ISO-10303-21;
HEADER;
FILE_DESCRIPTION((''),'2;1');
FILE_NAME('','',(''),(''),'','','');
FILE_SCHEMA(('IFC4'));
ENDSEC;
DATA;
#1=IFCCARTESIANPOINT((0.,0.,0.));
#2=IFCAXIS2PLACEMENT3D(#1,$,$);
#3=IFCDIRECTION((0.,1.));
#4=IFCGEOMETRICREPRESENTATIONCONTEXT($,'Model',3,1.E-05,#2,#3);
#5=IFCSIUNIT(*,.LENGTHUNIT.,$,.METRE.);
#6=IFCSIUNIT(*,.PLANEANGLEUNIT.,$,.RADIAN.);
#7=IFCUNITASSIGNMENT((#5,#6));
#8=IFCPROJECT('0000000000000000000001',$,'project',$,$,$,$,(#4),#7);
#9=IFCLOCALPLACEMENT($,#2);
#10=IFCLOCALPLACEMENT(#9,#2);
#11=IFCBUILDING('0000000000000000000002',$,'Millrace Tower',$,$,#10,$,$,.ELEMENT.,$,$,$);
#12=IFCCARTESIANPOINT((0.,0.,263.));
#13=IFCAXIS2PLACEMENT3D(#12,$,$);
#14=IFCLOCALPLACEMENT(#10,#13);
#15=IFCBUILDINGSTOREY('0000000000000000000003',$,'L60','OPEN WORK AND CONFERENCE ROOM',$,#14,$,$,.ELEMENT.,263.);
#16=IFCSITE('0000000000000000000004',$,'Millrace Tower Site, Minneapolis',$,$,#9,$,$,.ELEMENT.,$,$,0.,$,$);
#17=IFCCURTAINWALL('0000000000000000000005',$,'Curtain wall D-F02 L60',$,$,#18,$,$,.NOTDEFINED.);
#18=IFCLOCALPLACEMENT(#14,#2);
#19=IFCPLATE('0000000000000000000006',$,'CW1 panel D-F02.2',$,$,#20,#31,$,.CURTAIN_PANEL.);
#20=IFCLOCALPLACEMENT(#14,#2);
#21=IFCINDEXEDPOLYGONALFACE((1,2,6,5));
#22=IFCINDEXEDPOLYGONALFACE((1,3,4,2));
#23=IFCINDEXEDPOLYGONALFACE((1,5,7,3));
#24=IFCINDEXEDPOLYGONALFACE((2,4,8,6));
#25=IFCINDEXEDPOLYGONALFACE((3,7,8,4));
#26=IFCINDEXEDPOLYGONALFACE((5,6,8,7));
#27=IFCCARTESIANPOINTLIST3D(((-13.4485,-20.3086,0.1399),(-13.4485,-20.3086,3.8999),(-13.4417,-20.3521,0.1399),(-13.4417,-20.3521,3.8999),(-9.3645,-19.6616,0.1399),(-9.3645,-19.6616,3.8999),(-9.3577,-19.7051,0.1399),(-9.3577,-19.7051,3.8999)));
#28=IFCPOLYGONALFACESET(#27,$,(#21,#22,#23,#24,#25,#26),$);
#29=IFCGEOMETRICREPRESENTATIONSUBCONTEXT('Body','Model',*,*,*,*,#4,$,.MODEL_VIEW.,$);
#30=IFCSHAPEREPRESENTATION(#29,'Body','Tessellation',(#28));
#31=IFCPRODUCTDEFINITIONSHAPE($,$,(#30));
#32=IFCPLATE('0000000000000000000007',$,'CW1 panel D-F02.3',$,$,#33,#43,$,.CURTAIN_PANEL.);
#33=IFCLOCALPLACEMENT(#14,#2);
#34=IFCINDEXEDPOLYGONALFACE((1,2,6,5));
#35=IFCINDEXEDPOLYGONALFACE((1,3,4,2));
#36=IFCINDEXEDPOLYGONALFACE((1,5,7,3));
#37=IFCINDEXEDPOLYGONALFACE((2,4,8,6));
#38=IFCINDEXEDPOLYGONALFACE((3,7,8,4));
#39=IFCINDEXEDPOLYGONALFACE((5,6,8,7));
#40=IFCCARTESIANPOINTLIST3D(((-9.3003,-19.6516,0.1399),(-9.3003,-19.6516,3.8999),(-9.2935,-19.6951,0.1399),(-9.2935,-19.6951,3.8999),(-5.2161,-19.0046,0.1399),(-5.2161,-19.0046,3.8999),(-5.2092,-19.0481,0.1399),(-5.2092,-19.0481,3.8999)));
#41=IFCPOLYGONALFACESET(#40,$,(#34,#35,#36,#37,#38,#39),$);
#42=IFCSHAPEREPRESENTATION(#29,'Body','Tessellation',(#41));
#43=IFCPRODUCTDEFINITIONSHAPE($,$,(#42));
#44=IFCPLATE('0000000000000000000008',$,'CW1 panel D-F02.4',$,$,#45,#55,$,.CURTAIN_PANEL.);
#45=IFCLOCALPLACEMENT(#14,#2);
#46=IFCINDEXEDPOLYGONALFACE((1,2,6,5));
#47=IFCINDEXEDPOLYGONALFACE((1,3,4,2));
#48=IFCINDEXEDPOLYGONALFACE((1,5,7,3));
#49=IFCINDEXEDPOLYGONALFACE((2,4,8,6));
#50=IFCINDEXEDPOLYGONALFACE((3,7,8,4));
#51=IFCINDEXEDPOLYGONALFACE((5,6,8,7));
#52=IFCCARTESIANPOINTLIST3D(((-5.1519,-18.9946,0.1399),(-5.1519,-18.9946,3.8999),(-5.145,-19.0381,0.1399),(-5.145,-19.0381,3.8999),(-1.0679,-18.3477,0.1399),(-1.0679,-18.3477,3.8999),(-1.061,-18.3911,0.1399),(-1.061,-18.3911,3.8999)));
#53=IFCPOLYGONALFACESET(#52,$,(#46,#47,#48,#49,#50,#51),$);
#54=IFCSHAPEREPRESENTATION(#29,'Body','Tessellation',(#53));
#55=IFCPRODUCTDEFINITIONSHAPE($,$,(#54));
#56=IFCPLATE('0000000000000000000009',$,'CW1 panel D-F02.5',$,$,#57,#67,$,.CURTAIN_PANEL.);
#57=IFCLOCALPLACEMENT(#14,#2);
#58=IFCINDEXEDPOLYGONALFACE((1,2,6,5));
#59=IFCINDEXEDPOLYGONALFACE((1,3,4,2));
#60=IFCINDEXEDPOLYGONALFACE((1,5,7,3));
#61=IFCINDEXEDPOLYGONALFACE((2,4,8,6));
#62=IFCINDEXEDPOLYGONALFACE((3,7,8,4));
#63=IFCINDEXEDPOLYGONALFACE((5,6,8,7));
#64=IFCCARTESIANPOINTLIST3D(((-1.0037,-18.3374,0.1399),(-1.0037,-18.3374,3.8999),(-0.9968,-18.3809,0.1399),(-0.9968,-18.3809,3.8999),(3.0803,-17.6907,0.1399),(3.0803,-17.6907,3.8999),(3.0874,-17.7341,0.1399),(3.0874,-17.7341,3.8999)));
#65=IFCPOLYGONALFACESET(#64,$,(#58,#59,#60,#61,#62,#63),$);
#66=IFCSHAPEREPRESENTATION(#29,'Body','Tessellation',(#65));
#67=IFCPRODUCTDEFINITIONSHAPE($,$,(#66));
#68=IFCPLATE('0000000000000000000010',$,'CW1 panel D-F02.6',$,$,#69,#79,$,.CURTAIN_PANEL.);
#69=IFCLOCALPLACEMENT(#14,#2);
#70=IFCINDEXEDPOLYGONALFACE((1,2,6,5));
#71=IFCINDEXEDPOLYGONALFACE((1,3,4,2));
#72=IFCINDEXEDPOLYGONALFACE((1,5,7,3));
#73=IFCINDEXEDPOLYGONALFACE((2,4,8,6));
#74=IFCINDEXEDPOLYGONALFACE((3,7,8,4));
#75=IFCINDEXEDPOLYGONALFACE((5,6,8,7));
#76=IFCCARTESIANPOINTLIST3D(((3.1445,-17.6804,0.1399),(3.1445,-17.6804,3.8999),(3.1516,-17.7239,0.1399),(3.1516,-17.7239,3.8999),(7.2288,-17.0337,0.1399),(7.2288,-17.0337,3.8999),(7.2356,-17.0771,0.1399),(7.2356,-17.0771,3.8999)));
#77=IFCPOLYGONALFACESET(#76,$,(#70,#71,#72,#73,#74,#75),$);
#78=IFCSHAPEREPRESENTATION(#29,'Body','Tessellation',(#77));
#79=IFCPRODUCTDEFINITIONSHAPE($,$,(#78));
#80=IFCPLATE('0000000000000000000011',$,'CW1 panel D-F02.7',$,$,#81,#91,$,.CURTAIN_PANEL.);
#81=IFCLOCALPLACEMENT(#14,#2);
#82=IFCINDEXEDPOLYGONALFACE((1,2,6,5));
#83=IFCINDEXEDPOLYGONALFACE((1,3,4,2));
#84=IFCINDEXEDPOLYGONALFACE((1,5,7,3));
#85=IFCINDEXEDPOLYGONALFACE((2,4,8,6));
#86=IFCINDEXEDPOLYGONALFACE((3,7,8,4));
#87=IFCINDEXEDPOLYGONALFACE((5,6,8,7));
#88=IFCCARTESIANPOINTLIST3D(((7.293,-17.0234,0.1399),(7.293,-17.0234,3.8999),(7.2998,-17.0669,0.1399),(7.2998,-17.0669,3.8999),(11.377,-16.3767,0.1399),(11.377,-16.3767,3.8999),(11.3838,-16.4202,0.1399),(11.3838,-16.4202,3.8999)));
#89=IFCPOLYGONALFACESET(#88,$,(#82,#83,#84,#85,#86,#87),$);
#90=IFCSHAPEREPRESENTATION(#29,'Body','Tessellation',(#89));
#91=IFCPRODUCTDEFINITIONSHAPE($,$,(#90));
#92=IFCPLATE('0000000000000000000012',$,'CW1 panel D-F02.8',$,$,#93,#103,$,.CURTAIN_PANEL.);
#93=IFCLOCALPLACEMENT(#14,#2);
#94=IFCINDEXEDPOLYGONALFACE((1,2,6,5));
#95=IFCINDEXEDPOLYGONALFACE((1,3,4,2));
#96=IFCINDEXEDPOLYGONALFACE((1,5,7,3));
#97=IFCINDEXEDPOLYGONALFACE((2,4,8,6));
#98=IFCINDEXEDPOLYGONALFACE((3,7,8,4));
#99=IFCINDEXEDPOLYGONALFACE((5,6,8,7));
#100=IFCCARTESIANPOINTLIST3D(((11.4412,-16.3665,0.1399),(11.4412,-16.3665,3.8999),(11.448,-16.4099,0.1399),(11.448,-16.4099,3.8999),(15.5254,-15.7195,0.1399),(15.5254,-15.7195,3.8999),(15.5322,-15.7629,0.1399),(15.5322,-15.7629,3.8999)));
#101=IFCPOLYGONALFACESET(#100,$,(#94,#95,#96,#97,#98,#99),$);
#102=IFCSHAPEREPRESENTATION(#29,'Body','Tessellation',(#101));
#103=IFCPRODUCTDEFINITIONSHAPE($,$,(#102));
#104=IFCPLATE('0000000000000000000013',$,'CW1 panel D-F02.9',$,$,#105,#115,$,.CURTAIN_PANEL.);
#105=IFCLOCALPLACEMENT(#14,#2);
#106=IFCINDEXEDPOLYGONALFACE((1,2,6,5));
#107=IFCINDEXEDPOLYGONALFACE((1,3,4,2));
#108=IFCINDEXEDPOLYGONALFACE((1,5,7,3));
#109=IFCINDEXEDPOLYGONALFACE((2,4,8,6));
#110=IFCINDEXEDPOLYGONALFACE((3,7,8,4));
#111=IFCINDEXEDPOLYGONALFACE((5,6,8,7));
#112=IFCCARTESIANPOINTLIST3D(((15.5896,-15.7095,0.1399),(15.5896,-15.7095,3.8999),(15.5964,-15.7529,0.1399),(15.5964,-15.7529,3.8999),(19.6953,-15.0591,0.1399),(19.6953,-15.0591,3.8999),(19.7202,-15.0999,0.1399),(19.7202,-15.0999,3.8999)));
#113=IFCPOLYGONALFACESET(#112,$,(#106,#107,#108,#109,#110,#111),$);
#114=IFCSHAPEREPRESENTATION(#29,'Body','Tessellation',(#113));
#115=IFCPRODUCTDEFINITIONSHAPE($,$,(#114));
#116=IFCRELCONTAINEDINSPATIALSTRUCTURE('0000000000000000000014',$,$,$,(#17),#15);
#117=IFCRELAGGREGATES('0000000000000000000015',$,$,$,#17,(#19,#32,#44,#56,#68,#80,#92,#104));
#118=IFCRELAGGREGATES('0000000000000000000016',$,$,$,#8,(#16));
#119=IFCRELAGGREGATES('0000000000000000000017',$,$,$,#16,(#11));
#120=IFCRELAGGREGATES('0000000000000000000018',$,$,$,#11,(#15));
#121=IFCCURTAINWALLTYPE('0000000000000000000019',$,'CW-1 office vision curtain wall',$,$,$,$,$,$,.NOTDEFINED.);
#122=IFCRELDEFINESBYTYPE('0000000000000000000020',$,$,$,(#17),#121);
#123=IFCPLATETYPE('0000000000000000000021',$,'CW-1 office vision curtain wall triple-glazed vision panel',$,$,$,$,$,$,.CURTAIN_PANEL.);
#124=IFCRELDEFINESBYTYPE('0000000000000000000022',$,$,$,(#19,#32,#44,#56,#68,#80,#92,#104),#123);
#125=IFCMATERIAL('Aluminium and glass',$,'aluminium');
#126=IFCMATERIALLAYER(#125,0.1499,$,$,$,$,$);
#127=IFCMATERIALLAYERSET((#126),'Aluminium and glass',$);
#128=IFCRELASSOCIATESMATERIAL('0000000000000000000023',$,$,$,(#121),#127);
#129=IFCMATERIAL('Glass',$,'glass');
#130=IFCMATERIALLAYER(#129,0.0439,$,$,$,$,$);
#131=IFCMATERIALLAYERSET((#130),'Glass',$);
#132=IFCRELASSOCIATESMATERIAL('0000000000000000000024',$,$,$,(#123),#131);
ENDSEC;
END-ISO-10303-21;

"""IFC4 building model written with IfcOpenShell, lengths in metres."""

from ifc_helpers import new_model, si_unit, direction, frame, origin, place, context, subcontext, project, spatial, polyline, outline, extrude, material, layer, layer_set, type_object, element, aggregate, save


model = new_model("IFC4")

# Units and contexts
model_context = context("Model", 3, precision=1e-05, world=origin(), true_north=direction((0.0, 1.0)))
body_context = subcontext(model_context, "Body", "Model", "MODEL_VIEW")
ifc_project = project(units=[si_unit("LENGTHUNIT", "METRE"), si_unit("PLANEANGLEUNIT", "RADIAN")], contexts=[model_context])

# Site, building, storey
site_placement = place(None, origin())
site = spatial("IfcSite", under=ifc_project, at=site_placement, Name="Millrace Tower Site, Minneapolis", CompositionType="ELEMENT", RefElevation=0.0)
building_placement = place(site_placement, origin())
building = spatial("IfcBuilding", under=site, at=building_placement, Name="Millrace Tower", CompositionType="ELEMENT")
storey_placement = place(building_placement, frame((0.0, 0.0, 263.0)))
storey = spatial("IfcBuildingStorey", under=building, at=storey_placement, Name="L60", Description="OPEN WORK AND CONFERENCE ROOM", CompositionType="ELEMENT", Elevation=263.0)

# Shared definitions
ifc_material_1 = material(Name="Aluminium and glass", Category="aluminium")
ifc_layer_1 = layer(ifc_material_1, 0.1499)
ifc_layer_set_1 = layer_set([ifc_layer_1], Name="Aluminium and glass")
curtain_wall_type = type_object("IfcCurtainWallType", Name="CW-1 office vision curtain wall", PredefinedType="NOTDEFINED", material=ifc_layer_set_1)
placement_1 = place(storey_placement, origin())
ifc_material_2 = material(Name="Glass", Category="glass")
ifc_layer_2 = layer(ifc_material_2, 0.0439)
ifc_layer_set_2 = layer_set([ifc_layer_2], Name="Glass")
plate_type = type_object("IfcPlateType", Name="CW-1 office vision curtain wall triple-glazed vision panel", PredefinedType="CURTAIN_PANEL", material=ifc_layer_set_2)
placement_2 = place(storey_placement, frame((0.0, 0.0, 0.1399)))

# Curtain wall, plates
curtain_wall_1 = element("IfcCurtainWall", 1, at=placement_1, inside=storey, type_object=curtain_wall_type, Name="Curtain wall D-F02 L60", PredefinedType="NOTDEFINED")
plate_1 = element("IfcPlate", 2, at=placement_2, type_object=plate_type, Name="CW1 panel D-F02.2", PredefinedType="CURTAIN_PANEL", context=body_context, shape_type="SweptSolid", body=[
    extrude(outline(polyline([(-13.4417, -20.3521), (-9.3577, -19.7051), (-9.3645, -19.6616), (-13.4485, -20.3086), (-13.4417, -20.3521)])), origin(), (0.0, 0.0, 1.0), 3.76),
])
plate_2 = element("IfcPlate", 3, at=placement_2, type_object=plate_type, Name="CW1 panel D-F02.3", PredefinedType="CURTAIN_PANEL", context=body_context, shape_type="SweptSolid", body=[
    extrude(outline(polyline([(-9.2935, -19.6951), (-5.2092, -19.0481), (-5.2161, -19.0046), (-9.3003, -19.6516), (-9.2935, -19.6951)])), origin(), (0.0, 0.0, 1.0), 3.76),
])
plate_3 = element("IfcPlate", 4, at=placement_2, type_object=plate_type, Name="CW1 panel D-F02.4", PredefinedType="CURTAIN_PANEL", context=body_context, shape_type="SweptSolid", body=[
    extrude(outline(polyline([(-5.145, -19.0381), (-1.061, -18.3911), (-1.0679, -18.3477), (-5.1519, -18.9946), (-5.145, -19.0381)])), origin(), (0.0, 0.0, 1.0), 3.76),
])
plate_4 = element("IfcPlate", 5, at=placement_2, type_object=plate_type, Name="CW1 panel D-F02.5", PredefinedType="CURTAIN_PANEL", context=body_context, shape_type="SweptSolid", body=[
    extrude(outline(polyline([(-0.9968, -18.3809), (3.0874, -17.7341), (3.0803, -17.6907), (-1.0037, -18.3374), (-0.9968, -18.3809)])), origin(), (0.0, 0.0, 1.0), 3.76),
])
plate_5 = element("IfcPlate", 6, at=placement_2, type_object=plate_type, Name="CW1 panel D-F02.6", PredefinedType="CURTAIN_PANEL", context=body_context, shape_type="SweptSolid", body=[
    extrude(outline(polyline([(3.1516, -17.7239), (7.2356, -17.0771), (7.2288, -17.0337), (3.1445, -17.6804), (3.1516, -17.7239)])), origin(), (0.0, 0.0, 1.0), 3.76),
])
plate_6 = element("IfcPlate", 7, at=placement_2, type_object=plate_type, Name="CW1 panel D-F02.7", PredefinedType="CURTAIN_PANEL", context=body_context, shape_type="SweptSolid", body=[
    extrude(outline(polyline([(7.2998, -17.0669), (11.3838, -16.4202), (11.377, -16.3767), (7.293, -17.0234), (7.2998, -17.0669)])), origin(), (0.0, 0.0, 1.0), 3.76),
])
plate_7 = element("IfcPlate", 8, at=placement_2, type_object=plate_type, Name="CW1 panel D-F02.8", PredefinedType="CURTAIN_PANEL", context=body_context, shape_type="SweptSolid", body=[
    extrude(outline(polyline([(11.448, -16.4099), (15.5322, -15.7629), (15.5254, -15.7195), (11.4412, -16.3665), (11.448, -16.4099)])), origin(), (0.0, 0.0, 1.0), 3.76),
])
plate_8 = element("IfcPlate", 9, at=placement_2, type_object=plate_type, Name="CW1 panel D-F02.9", PredefinedType="CURTAIN_PANEL", context=body_context, shape_type="SweptSolid", body=[
    extrude(outline(polyline([(15.5964, -15.7529), (19.7202, -15.0999), (19.6953, -15.0591), (15.5896, -15.7095), (15.5964, -15.7529)])), origin(), (0.0, 0.0, 1.0), 3.76),
])
aggregate(curtain_wall_1, [plate_1, plate_2, plate_3, plate_4, plate_5, plate_6, plate_7, plate_8])

save(model, "model.ifc")
